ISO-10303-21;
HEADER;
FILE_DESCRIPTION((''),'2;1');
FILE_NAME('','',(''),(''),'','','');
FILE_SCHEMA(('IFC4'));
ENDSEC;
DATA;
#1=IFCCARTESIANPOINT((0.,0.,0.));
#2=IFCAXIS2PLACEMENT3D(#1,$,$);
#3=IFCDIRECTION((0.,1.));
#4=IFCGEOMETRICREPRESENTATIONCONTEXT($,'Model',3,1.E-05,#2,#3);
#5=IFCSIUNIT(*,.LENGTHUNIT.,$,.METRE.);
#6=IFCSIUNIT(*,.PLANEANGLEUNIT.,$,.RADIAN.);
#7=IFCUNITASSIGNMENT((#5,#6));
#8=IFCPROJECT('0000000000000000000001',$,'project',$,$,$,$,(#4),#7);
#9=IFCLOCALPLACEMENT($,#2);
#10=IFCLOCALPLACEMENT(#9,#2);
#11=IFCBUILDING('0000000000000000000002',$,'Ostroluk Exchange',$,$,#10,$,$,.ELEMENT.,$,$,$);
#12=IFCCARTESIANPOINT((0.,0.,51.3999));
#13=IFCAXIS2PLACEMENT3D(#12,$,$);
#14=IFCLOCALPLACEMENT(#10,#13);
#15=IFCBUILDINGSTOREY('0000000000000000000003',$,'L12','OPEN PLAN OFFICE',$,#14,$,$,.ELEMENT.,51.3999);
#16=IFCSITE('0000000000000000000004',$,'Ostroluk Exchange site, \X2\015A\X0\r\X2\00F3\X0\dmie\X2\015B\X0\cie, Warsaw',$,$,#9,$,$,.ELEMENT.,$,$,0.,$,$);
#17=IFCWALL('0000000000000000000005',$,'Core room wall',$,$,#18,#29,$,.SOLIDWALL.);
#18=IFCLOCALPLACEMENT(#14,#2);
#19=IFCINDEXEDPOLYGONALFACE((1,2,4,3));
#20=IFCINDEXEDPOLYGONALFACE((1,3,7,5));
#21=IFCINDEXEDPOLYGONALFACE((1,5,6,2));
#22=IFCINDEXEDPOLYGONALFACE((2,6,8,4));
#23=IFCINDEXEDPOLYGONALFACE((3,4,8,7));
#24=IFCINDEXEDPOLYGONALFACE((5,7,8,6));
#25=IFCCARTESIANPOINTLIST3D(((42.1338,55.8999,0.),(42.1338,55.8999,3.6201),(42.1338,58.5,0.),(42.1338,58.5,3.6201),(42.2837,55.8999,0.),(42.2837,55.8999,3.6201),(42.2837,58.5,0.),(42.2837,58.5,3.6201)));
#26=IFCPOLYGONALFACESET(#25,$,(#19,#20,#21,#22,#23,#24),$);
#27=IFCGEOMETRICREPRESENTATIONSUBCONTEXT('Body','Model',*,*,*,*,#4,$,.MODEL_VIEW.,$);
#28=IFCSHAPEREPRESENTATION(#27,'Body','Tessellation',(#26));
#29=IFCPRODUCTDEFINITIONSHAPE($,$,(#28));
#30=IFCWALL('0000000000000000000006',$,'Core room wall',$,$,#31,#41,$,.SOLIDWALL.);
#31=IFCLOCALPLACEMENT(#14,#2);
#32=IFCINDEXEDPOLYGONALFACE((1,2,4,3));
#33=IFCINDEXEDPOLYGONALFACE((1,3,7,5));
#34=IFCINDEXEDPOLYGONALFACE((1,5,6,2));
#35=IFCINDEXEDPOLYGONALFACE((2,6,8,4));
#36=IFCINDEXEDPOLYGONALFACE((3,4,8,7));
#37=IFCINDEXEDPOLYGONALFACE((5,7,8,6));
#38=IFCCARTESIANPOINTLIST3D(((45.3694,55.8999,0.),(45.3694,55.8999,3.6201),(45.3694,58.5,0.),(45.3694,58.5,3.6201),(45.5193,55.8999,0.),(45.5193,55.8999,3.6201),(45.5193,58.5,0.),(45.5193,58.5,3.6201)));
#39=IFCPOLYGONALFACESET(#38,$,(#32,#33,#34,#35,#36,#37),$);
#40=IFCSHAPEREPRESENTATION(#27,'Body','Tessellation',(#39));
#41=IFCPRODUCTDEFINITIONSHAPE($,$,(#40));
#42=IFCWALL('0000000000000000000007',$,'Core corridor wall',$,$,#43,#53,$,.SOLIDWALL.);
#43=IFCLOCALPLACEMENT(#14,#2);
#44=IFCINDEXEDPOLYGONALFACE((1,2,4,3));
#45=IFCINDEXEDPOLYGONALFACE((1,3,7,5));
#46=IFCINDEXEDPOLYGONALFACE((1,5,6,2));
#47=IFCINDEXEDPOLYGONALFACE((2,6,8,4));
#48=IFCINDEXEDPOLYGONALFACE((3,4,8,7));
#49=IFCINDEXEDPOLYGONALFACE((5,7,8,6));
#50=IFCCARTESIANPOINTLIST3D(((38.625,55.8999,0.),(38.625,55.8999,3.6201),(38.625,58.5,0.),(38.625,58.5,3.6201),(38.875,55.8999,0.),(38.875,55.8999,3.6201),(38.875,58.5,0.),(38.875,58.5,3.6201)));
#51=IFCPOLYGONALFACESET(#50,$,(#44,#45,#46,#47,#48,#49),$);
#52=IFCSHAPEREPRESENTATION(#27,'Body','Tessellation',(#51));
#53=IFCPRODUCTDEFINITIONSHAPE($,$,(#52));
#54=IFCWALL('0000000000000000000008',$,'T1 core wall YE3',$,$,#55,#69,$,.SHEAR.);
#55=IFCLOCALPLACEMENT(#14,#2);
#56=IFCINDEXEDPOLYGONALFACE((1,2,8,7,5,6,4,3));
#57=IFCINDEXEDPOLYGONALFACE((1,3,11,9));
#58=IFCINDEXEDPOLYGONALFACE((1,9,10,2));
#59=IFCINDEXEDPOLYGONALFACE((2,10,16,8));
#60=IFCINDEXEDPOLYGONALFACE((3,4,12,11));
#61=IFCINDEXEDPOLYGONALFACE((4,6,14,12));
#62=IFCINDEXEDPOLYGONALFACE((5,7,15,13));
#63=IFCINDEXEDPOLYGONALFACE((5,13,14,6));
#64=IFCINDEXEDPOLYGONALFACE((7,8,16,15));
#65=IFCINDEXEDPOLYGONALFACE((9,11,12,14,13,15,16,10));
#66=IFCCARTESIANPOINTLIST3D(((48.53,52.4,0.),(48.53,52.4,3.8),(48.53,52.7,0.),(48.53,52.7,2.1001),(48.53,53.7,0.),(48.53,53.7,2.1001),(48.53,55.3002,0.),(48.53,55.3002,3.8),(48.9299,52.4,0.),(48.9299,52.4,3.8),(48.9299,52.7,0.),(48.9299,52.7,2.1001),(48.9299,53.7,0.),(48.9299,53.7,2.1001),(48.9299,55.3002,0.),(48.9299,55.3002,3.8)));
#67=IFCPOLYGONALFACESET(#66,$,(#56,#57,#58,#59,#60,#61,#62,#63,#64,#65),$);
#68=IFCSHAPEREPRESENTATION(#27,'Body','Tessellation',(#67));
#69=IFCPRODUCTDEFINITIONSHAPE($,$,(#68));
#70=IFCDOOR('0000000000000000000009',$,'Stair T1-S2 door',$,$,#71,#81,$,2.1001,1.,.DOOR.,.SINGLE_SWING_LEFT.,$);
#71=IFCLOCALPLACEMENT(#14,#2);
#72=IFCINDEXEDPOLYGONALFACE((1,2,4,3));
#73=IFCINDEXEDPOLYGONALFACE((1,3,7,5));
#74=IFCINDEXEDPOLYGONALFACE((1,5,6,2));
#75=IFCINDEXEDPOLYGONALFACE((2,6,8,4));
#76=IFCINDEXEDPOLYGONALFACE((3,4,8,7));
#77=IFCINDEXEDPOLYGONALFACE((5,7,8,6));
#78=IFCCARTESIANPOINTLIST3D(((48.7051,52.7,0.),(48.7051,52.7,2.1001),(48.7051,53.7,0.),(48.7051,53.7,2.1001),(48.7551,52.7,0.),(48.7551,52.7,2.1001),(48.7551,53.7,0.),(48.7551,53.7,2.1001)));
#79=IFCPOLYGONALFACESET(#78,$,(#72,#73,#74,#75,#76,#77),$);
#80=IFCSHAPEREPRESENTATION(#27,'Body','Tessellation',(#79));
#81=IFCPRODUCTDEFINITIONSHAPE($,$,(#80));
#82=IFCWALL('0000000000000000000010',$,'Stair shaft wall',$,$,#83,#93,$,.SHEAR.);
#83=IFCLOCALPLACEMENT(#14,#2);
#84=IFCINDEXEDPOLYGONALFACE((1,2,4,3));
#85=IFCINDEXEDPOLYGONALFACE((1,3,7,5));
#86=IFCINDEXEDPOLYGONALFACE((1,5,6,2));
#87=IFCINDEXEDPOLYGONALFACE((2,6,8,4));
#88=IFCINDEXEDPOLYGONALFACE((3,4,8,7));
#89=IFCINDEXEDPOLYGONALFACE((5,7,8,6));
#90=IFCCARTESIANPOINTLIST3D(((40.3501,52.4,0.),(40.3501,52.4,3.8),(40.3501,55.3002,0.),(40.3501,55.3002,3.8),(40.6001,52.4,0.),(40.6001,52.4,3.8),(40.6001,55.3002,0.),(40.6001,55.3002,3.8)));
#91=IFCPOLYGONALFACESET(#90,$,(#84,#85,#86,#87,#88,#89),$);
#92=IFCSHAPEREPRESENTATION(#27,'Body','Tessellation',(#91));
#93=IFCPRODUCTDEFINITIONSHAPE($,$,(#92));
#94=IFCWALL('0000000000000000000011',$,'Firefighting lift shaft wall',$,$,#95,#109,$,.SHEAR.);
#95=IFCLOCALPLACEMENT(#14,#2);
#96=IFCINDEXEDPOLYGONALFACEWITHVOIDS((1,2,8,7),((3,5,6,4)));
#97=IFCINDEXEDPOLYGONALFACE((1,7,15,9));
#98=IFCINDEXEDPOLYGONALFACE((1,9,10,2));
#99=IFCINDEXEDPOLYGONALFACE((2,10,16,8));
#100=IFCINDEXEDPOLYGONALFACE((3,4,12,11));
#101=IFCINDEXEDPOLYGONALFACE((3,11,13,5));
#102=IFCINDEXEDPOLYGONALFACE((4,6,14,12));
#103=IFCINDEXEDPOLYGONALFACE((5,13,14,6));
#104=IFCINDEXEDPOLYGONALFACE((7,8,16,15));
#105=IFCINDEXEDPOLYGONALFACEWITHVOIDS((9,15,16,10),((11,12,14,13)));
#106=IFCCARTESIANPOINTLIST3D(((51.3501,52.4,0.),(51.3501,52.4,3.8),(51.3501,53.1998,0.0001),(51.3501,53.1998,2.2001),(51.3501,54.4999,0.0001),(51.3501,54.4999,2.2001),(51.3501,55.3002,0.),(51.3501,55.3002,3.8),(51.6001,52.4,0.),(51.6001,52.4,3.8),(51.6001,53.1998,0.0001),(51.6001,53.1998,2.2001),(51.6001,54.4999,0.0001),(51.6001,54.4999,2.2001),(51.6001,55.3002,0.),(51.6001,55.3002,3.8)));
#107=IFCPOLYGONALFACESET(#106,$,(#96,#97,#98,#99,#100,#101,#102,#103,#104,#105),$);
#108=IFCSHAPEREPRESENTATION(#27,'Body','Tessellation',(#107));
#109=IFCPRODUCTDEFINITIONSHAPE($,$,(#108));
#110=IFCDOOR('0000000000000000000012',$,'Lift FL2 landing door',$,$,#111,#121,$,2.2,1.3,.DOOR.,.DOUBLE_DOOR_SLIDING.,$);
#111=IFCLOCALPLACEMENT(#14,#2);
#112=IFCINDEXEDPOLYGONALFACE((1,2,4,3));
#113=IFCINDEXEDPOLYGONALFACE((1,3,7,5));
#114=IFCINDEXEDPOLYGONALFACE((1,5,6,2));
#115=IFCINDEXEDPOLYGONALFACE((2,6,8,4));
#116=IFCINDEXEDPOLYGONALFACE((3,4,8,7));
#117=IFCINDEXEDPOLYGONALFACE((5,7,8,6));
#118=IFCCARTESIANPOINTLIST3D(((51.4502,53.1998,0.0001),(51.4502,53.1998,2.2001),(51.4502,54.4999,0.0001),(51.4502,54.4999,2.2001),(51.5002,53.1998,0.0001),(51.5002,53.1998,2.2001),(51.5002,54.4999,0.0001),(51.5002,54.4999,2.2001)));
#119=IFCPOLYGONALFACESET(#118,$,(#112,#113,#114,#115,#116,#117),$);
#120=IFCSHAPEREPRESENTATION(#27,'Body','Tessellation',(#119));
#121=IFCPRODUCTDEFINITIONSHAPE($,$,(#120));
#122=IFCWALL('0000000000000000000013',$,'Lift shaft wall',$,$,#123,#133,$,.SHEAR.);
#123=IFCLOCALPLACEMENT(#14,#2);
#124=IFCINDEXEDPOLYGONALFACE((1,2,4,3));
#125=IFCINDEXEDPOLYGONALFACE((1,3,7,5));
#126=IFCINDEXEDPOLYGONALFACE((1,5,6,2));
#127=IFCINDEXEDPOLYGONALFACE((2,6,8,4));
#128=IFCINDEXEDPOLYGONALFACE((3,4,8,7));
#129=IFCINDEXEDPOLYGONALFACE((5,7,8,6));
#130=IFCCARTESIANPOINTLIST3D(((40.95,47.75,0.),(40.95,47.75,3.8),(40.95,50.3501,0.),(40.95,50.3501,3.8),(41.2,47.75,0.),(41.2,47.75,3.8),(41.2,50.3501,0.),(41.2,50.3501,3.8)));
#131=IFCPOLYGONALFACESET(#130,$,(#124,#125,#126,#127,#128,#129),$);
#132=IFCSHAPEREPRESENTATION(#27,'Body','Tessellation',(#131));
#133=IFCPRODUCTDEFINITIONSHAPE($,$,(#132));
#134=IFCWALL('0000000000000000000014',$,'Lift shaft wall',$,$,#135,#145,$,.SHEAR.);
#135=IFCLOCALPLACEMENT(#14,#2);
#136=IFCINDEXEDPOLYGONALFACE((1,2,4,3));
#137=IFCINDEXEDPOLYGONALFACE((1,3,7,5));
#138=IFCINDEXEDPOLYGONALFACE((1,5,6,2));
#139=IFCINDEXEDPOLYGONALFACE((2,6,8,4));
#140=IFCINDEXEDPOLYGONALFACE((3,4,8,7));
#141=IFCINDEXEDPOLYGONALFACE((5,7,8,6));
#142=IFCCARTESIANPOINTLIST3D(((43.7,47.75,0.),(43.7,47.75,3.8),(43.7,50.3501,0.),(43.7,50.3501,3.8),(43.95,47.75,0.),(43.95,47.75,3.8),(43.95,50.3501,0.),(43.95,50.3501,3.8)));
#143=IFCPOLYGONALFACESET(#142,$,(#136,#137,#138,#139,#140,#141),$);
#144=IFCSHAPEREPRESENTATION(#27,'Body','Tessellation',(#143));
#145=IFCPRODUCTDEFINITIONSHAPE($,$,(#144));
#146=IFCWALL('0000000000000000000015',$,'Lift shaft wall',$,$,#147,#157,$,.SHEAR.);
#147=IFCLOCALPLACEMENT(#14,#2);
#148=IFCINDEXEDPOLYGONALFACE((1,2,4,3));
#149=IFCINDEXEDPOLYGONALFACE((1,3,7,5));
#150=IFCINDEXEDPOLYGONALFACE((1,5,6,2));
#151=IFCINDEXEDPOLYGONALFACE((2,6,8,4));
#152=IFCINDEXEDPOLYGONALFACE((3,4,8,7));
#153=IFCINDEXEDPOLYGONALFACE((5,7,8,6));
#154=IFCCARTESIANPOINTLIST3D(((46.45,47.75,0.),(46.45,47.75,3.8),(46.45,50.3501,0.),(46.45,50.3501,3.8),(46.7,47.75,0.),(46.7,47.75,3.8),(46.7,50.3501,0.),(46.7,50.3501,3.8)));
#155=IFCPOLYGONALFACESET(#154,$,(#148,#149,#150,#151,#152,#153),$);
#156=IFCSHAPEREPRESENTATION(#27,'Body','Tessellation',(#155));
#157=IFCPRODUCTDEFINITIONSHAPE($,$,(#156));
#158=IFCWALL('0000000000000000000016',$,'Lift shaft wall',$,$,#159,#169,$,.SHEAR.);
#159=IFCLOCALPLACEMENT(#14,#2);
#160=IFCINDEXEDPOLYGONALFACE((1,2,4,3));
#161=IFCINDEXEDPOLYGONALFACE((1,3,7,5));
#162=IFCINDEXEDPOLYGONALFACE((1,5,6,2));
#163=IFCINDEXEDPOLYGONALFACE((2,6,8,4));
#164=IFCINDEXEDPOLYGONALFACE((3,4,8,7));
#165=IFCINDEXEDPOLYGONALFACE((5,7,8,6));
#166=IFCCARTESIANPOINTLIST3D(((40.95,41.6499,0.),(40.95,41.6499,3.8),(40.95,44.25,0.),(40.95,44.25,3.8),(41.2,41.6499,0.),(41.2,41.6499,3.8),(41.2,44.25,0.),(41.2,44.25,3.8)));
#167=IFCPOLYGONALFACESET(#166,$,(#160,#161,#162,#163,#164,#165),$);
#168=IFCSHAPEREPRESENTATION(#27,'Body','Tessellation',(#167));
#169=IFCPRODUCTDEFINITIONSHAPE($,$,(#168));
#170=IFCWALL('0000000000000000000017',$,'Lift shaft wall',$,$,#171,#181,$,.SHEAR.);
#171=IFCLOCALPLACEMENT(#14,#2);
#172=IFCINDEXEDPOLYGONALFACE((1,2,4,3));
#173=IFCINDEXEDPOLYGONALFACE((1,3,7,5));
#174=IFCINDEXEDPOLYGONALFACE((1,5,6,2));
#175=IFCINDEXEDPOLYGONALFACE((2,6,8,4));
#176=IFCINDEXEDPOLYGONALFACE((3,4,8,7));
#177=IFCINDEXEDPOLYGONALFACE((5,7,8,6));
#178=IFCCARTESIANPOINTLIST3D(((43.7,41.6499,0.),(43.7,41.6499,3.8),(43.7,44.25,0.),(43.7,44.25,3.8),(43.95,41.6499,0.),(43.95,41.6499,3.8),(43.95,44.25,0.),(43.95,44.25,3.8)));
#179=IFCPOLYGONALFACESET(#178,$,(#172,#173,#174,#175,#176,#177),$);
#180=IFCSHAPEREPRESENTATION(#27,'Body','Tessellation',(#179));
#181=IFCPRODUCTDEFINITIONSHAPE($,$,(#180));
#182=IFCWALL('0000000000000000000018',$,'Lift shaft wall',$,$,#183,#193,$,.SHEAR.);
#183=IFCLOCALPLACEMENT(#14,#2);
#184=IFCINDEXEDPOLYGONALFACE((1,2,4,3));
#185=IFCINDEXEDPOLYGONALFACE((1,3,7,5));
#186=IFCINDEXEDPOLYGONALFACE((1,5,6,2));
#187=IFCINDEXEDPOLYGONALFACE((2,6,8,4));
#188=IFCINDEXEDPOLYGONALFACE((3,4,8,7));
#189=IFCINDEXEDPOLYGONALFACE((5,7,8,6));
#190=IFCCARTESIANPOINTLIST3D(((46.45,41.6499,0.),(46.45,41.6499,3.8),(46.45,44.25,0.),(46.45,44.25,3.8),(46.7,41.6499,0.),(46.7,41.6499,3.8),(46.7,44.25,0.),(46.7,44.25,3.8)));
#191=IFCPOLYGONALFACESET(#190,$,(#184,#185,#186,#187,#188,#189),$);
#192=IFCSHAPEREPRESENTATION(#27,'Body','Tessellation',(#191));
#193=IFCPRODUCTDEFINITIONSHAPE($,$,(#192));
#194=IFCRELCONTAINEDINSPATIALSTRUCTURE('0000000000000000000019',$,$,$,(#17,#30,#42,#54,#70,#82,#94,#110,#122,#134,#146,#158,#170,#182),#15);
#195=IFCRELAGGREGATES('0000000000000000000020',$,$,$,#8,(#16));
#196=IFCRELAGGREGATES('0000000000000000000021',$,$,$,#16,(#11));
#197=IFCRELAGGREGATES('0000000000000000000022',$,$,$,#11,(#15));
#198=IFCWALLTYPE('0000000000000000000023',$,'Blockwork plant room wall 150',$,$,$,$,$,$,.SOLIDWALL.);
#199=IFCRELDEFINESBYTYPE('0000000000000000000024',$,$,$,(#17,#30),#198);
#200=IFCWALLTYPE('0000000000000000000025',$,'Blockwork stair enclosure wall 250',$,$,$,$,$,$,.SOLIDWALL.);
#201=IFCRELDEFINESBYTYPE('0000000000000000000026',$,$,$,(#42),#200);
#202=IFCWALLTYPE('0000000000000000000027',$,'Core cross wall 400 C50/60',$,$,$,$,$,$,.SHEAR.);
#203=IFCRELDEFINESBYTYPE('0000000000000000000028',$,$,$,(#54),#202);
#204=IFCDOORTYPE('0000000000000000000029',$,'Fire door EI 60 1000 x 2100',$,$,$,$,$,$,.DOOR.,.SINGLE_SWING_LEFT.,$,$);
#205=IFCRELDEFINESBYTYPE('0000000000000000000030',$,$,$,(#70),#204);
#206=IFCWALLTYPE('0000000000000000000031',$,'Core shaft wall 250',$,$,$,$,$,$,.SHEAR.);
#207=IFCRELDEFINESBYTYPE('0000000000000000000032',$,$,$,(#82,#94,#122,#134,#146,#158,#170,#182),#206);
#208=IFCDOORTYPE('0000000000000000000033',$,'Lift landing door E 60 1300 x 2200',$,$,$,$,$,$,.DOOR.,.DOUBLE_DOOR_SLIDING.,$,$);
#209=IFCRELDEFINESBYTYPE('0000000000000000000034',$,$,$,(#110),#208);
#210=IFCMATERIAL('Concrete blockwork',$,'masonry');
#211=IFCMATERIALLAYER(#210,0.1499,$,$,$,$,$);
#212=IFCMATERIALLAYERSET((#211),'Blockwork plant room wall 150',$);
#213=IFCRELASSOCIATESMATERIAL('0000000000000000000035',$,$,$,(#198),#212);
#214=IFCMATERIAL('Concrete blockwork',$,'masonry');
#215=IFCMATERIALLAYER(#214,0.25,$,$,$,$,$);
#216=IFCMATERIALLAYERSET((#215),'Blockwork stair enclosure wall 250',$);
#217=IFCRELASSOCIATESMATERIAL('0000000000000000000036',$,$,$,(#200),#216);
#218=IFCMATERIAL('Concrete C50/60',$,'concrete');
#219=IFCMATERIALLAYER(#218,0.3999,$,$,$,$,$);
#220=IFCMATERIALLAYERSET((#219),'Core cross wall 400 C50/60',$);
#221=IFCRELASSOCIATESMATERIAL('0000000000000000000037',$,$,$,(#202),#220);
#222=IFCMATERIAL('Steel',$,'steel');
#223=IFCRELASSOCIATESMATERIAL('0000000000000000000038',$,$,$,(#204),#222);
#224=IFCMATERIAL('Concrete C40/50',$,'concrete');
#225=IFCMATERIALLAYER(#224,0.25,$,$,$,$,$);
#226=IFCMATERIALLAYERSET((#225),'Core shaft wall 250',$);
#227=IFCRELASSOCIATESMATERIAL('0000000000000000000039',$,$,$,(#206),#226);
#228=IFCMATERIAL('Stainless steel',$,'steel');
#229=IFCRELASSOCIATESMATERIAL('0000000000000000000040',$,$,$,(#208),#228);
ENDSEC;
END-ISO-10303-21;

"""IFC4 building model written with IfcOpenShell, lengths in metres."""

from ifc_helpers import new_model, si_unit, direction, frame, frame_2d, origin, place, context, subcontext, project, spatial, rectangle, extrude, material, layer, layer_set, type_object, element, fill, save


model = new_model("IFC4")

# Units and contexts
model_context = context("Model", 3, precision=1e-05, world=origin(), true_north=direction((0.0, 1.0)))
body_context = subcontext(model_context, "Body", "Model", "MODEL_VIEW")
ifc_project = project(units=[si_unit("LENGTHUNIT", "METRE"), si_unit("PLANEANGLEUNIT", "RADIAN")], contexts=[model_context])

# Site, building, storey
site_placement = place(None, origin())
site = spatial("IfcSite", under=ifc_project, at=site_placement, Name="Ostroluk Exchange site, Śródmieście, Warsaw", CompositionType="ELEMENT", RefElevation=0.0)
building_placement = place(site_placement, origin())
building = spatial("IfcBuilding", under=site, at=building_placement, Name="Ostroluk Exchange", CompositionType="ELEMENT")
storey_placement = place(building_placement, frame((0.0, 0.0, 51.3999)))
storey = spatial("IfcBuildingStorey", under=building, at=storey_placement, Name="L12", Description="OPEN PLAN OFFICE", CompositionType="ELEMENT", Elevation=51.3999)

# Walls
ifc_material_1 = material(Name="Concrete blockwork", Category="masonry")
ifc_layer_1 = layer(ifc_material_1, 0.1499)
ifc_layer_set_1 = layer_set([ifc_layer_1], Name="Blockwork plant room wall 150")
wall_type_1 = type_object("IfcWallType", Name="Blockwork plant room wall 150", PredefinedType="SOLIDWALL", material=ifc_layer_set_1)
for number, where, z_axis, x_axis, name in (
    (1, (42.2087, 55.8999, 0.0), (0.0, 0.0, 1.0), (0.0, 1.0, 0.0), "Core room wall"),
    (2, (45.4443, 55.8999, 0.0), (0.0, 0.0, 1.0), (0.0, 1.0, 0.0), "Core room wall"),
):
    element("IfcWall", number, at=place(storey_placement, frame(where, z_axis=z_axis, x_axis=x_axis)), inside=storey, type_object=wall_type_1, Name=name, PredefinedType="SOLIDWALL", context=body_context, shape_type="SweptSolid", body=[
        extrude(rectangle(XDim=2.6001, YDim=0.1499, at=frame_2d((1.3, 0.0))), origin(), (0.0, 0.0, 1.0), 3.6201),
    ])
ifc_material_2 = material(Name="Concrete blockwork", Category="masonry")
ifc_layer_2 = layer(ifc_material_2, 0.25)
ifc_layer_set_2 = layer_set([ifc_layer_2], Name="Blockwork stair enclosure wall 250")
wall_type_2 = type_object("IfcWallType", Name="Blockwork stair enclosure wall 250", PredefinedType="SOLIDWALL", material=ifc_layer_set_2)
wall_1_placement = place(storey_placement, frame((38.75, 55.8999, 0.0), z_axis=(0.0, 0.0, 1.0), x_axis=(0.0, 1.0, 0.0)))
element("IfcWall", 3, at=wall_1_placement, inside=storey, type_object=wall_type_2, Name="Core corridor wall", PredefinedType="SOLIDWALL", context=body_context, shape_type="SweptSolid", body=[
    extrude(rectangle(XDim=2.6001, YDim=0.25, at=frame_2d((1.3, 0.0))), origin(), (0.0, 0.0, 1.0), 3.6201),
])

# Wall, opening, door
ifc_material_3 = material(Name="Concrete C50/60", Category="concrete")
ifc_layer_3 = layer(ifc_material_3, 0.3999)
ifc_layer_set_3 = layer_set([ifc_layer_3], Name="Core cross wall 400 C50/60")
wall_type_3 = type_object("IfcWallType", Name="Core cross wall 400 C50/60", PredefinedType="SHEAR", material=ifc_layer_set_3)
wall_2_placement = place(storey_placement, frame((48.73, 52.3999, 0.0), z_axis=(0.0, 0.0, 1.0), x_axis=(0.0, 1.0, 0.0)))
wall_2 = element("IfcWall", 4, at=wall_2_placement, inside=storey, type_object=wall_type_3, Name="T1 core wall YE3", PredefinedType="SHEAR", context=body_context, shape_type="SweptSolid", body=[
    extrude(rectangle(XDim=2.9001, YDim=0.3999, at=frame_2d((1.4502, 0.0))), origin(), (0.0, 0.0, 1.0), 3.8),
])
opening_1_placement = place(wall_2_placement, frame((0.3, 0.0, 0.0)))
opening_1 = element("IfcOpeningElement", 5, at=opening_1_placement, cuts=wall_2, PredefinedType="OPENING", context=body_context, shape_type="SweptSolid", body=[
    extrude(rectangle(XDim=1.0, YDim=2.1001, at=frame_2d((0.5, 1.05))), frame((0.0, 0.21, 0.0), z_axis=(0.0, -1.0, 0.0), x_axis=(1.0, 0.0, 0.0)), (0.0, 0.0, 1.0), 0.4199),
])
ifc_material_4 = material(Name="Steel", Category="steel")
door_type_1 = type_object("IfcDoorType", Name="Fire door EI 60 1000 x 2100", OperationType="SINGLE_SWING_LEFT", PredefinedType="DOOR", material=ifc_material_4)
door_1_placement = place(opening_1_placement, origin())
door_1 = element("IfcDoor", 6, at=door_1_placement, inside=storey, type_object=door_type_1, Name="Stair T1-S2 door", OperationType="SINGLE_SWING_LEFT", OverallHeight=2.1001, OverallWidth=1.0, PredefinedType="DOOR", context=body_context, shape_type="SweptSolid", body=[
    extrude(rectangle(XDim=1.0, YDim=2.1001, at=frame_2d((0.5, 1.05))), frame((0.0, 0.0249, 0.0), z_axis=(0.0, -1.0, 0.0), x_axis=(1.0, 0.0, 0.0)), (0.0, 0.0, 1.0), 0.05),
])
fill(opening_1, door_1)

# Wall
ifc_material_5 = material(Name="Concrete C40/50", Category="concrete")
ifc_layer_4 = layer(ifc_material_5, 0.25)
ifc_layer_set_4 = layer_set([ifc_layer_4], Name="Core shaft wall 250")
wall_type_4 = type_object("IfcWallType", Name="Core shaft wall 250", PredefinedType="SHEAR", material=ifc_layer_set_4)
wall_3_placement = place(storey_placement, frame((40.4751, 52.3999, 0.0), z_axis=(0.0, 0.0, 1.0), x_axis=(0.0, 1.0, 0.0)))
element("IfcWall", 7, at=wall_3_placement, inside=storey, type_object=wall_type_4, Name="Stair shaft wall", PredefinedType="SHEAR", context=body_context, shape_type="SweptSolid", body=[
    extrude(rectangle(XDim=2.9001, YDim=0.25, at=frame_2d((1.4502, 0.0))), origin(), (0.0, 0.0, 1.0), 3.8),
])

# Wall, opening, door
wall_4_placement = place(storey_placement, frame((51.4751, 52.3999, 0.0), z_axis=(0.0, 0.0, 1.0), x_axis=(0.0, 1.0, 0.0)))
wall_4 = element("IfcWall", 8, at=wall_4_placement, inside=storey, type_object=wall_type_4, Name="Firefighting lift shaft wall", PredefinedType="SHEAR", context=body_context, shape_type="SweptSolid", body=[
    extrude(rectangle(XDim=2.9001, YDim=0.25, at=frame_2d((1.4502, 0.0))), origin(), (0.0, 0.0, 1.0), 3.8),
])
opening_2_placement = place(wall_4_placement, frame((0.8, 0.0, 0.0)))
opening_2 = element("IfcOpeningElement", 9, at=opening_2_placement, cuts=wall_4, PredefinedType="OPENING", context=body_context, shape_type="SweptSolid", body=[
    extrude(rectangle(XDim=1.3, YDim=2.2, at=frame_2d((0.6499, 1.1001))), frame((0.0, 0.135, 0.0), z_axis=(0.0, -1.0, 0.0), x_axis=(1.0, 0.0, 0.0)), (0.0, 0.0, 1.0), 0.27),
])
ifc_material_6 = material(Name="Stainless steel", Category="steel")
door_type_2 = type_object("IfcDoorType", Name="Lift landing door E 60 1300 x 2200", OperationType="DOUBLE_DOOR_SLIDING", PredefinedType="DOOR", material=ifc_material_6)
door_2_placement = place(opening_2_placement, origin())
door_2 = element("IfcDoor", 10, at=door_2_placement, inside=storey, type_object=door_type_2, Name="Lift FL2 landing door", OperationType="DOUBLE_DOOR_SLIDING", OverallHeight=2.2, OverallWidth=1.3, PredefinedType="DOOR", context=body_context, shape_type="SweptSolid", body=[
    extrude(rectangle(XDim=1.3, YDim=2.2, at=frame_2d((0.6499, 1.1001))), frame((0.0, 0.0249, 0.0), z_axis=(0.0, -1.0, 0.0), x_axis=(1.0, 0.0, 0.0)), (0.0, 0.0, 1.0), 0.05),
])
fill(opening_2, door_2)

# Walls
for number, where, z_axis, x_axis, name in (
    (11, (41.075, 47.75, 0.0), (0.0, 0.0, 1.0), (0.0, 1.0, 0.0), "Lift shaft wall"),
    (12, (43.825, 47.75, 0.0), (0.0, 0.0, 1.0), (0.0, 1.0, 0.0), "Lift shaft wall"),
    (13, (46.575, 47.75, 0.0), (0.0, 0.0, 1.0), (0.0, 1.0, 0.0), "Lift shaft wall"),
    (14, (41.075, 44.25, 0.0), (0.0, 0.0, 1.0), (0.0, -1.0, 0.0), "Lift shaft wall"),
    (15, (43.825, 44.25, 0.0), (0.0, 0.0, 1.0), (0.0, -1.0, 0.0), "Lift shaft wall"),
    (16, (46.575, 44.25, 0.0), (0.0, 0.0, 1.0), (0.0, -1.0, 0.0), "Lift shaft wall"),
):
    element("IfcWall", number, at=place(storey_placement, frame(where, z_axis=z_axis, x_axis=x_axis)), inside=storey, type_object=wall_type_4, Name=name, PredefinedType="SHEAR", context=body_context, shape_type="SweptSolid", body=[
        extrude(rectangle(XDim=2.6001, YDim=0.25, at=frame_2d((1.3, 0.0))), origin(), (0.0, 0.0, 1.0), 3.8),
    ])

save(model, "model.ifc")
